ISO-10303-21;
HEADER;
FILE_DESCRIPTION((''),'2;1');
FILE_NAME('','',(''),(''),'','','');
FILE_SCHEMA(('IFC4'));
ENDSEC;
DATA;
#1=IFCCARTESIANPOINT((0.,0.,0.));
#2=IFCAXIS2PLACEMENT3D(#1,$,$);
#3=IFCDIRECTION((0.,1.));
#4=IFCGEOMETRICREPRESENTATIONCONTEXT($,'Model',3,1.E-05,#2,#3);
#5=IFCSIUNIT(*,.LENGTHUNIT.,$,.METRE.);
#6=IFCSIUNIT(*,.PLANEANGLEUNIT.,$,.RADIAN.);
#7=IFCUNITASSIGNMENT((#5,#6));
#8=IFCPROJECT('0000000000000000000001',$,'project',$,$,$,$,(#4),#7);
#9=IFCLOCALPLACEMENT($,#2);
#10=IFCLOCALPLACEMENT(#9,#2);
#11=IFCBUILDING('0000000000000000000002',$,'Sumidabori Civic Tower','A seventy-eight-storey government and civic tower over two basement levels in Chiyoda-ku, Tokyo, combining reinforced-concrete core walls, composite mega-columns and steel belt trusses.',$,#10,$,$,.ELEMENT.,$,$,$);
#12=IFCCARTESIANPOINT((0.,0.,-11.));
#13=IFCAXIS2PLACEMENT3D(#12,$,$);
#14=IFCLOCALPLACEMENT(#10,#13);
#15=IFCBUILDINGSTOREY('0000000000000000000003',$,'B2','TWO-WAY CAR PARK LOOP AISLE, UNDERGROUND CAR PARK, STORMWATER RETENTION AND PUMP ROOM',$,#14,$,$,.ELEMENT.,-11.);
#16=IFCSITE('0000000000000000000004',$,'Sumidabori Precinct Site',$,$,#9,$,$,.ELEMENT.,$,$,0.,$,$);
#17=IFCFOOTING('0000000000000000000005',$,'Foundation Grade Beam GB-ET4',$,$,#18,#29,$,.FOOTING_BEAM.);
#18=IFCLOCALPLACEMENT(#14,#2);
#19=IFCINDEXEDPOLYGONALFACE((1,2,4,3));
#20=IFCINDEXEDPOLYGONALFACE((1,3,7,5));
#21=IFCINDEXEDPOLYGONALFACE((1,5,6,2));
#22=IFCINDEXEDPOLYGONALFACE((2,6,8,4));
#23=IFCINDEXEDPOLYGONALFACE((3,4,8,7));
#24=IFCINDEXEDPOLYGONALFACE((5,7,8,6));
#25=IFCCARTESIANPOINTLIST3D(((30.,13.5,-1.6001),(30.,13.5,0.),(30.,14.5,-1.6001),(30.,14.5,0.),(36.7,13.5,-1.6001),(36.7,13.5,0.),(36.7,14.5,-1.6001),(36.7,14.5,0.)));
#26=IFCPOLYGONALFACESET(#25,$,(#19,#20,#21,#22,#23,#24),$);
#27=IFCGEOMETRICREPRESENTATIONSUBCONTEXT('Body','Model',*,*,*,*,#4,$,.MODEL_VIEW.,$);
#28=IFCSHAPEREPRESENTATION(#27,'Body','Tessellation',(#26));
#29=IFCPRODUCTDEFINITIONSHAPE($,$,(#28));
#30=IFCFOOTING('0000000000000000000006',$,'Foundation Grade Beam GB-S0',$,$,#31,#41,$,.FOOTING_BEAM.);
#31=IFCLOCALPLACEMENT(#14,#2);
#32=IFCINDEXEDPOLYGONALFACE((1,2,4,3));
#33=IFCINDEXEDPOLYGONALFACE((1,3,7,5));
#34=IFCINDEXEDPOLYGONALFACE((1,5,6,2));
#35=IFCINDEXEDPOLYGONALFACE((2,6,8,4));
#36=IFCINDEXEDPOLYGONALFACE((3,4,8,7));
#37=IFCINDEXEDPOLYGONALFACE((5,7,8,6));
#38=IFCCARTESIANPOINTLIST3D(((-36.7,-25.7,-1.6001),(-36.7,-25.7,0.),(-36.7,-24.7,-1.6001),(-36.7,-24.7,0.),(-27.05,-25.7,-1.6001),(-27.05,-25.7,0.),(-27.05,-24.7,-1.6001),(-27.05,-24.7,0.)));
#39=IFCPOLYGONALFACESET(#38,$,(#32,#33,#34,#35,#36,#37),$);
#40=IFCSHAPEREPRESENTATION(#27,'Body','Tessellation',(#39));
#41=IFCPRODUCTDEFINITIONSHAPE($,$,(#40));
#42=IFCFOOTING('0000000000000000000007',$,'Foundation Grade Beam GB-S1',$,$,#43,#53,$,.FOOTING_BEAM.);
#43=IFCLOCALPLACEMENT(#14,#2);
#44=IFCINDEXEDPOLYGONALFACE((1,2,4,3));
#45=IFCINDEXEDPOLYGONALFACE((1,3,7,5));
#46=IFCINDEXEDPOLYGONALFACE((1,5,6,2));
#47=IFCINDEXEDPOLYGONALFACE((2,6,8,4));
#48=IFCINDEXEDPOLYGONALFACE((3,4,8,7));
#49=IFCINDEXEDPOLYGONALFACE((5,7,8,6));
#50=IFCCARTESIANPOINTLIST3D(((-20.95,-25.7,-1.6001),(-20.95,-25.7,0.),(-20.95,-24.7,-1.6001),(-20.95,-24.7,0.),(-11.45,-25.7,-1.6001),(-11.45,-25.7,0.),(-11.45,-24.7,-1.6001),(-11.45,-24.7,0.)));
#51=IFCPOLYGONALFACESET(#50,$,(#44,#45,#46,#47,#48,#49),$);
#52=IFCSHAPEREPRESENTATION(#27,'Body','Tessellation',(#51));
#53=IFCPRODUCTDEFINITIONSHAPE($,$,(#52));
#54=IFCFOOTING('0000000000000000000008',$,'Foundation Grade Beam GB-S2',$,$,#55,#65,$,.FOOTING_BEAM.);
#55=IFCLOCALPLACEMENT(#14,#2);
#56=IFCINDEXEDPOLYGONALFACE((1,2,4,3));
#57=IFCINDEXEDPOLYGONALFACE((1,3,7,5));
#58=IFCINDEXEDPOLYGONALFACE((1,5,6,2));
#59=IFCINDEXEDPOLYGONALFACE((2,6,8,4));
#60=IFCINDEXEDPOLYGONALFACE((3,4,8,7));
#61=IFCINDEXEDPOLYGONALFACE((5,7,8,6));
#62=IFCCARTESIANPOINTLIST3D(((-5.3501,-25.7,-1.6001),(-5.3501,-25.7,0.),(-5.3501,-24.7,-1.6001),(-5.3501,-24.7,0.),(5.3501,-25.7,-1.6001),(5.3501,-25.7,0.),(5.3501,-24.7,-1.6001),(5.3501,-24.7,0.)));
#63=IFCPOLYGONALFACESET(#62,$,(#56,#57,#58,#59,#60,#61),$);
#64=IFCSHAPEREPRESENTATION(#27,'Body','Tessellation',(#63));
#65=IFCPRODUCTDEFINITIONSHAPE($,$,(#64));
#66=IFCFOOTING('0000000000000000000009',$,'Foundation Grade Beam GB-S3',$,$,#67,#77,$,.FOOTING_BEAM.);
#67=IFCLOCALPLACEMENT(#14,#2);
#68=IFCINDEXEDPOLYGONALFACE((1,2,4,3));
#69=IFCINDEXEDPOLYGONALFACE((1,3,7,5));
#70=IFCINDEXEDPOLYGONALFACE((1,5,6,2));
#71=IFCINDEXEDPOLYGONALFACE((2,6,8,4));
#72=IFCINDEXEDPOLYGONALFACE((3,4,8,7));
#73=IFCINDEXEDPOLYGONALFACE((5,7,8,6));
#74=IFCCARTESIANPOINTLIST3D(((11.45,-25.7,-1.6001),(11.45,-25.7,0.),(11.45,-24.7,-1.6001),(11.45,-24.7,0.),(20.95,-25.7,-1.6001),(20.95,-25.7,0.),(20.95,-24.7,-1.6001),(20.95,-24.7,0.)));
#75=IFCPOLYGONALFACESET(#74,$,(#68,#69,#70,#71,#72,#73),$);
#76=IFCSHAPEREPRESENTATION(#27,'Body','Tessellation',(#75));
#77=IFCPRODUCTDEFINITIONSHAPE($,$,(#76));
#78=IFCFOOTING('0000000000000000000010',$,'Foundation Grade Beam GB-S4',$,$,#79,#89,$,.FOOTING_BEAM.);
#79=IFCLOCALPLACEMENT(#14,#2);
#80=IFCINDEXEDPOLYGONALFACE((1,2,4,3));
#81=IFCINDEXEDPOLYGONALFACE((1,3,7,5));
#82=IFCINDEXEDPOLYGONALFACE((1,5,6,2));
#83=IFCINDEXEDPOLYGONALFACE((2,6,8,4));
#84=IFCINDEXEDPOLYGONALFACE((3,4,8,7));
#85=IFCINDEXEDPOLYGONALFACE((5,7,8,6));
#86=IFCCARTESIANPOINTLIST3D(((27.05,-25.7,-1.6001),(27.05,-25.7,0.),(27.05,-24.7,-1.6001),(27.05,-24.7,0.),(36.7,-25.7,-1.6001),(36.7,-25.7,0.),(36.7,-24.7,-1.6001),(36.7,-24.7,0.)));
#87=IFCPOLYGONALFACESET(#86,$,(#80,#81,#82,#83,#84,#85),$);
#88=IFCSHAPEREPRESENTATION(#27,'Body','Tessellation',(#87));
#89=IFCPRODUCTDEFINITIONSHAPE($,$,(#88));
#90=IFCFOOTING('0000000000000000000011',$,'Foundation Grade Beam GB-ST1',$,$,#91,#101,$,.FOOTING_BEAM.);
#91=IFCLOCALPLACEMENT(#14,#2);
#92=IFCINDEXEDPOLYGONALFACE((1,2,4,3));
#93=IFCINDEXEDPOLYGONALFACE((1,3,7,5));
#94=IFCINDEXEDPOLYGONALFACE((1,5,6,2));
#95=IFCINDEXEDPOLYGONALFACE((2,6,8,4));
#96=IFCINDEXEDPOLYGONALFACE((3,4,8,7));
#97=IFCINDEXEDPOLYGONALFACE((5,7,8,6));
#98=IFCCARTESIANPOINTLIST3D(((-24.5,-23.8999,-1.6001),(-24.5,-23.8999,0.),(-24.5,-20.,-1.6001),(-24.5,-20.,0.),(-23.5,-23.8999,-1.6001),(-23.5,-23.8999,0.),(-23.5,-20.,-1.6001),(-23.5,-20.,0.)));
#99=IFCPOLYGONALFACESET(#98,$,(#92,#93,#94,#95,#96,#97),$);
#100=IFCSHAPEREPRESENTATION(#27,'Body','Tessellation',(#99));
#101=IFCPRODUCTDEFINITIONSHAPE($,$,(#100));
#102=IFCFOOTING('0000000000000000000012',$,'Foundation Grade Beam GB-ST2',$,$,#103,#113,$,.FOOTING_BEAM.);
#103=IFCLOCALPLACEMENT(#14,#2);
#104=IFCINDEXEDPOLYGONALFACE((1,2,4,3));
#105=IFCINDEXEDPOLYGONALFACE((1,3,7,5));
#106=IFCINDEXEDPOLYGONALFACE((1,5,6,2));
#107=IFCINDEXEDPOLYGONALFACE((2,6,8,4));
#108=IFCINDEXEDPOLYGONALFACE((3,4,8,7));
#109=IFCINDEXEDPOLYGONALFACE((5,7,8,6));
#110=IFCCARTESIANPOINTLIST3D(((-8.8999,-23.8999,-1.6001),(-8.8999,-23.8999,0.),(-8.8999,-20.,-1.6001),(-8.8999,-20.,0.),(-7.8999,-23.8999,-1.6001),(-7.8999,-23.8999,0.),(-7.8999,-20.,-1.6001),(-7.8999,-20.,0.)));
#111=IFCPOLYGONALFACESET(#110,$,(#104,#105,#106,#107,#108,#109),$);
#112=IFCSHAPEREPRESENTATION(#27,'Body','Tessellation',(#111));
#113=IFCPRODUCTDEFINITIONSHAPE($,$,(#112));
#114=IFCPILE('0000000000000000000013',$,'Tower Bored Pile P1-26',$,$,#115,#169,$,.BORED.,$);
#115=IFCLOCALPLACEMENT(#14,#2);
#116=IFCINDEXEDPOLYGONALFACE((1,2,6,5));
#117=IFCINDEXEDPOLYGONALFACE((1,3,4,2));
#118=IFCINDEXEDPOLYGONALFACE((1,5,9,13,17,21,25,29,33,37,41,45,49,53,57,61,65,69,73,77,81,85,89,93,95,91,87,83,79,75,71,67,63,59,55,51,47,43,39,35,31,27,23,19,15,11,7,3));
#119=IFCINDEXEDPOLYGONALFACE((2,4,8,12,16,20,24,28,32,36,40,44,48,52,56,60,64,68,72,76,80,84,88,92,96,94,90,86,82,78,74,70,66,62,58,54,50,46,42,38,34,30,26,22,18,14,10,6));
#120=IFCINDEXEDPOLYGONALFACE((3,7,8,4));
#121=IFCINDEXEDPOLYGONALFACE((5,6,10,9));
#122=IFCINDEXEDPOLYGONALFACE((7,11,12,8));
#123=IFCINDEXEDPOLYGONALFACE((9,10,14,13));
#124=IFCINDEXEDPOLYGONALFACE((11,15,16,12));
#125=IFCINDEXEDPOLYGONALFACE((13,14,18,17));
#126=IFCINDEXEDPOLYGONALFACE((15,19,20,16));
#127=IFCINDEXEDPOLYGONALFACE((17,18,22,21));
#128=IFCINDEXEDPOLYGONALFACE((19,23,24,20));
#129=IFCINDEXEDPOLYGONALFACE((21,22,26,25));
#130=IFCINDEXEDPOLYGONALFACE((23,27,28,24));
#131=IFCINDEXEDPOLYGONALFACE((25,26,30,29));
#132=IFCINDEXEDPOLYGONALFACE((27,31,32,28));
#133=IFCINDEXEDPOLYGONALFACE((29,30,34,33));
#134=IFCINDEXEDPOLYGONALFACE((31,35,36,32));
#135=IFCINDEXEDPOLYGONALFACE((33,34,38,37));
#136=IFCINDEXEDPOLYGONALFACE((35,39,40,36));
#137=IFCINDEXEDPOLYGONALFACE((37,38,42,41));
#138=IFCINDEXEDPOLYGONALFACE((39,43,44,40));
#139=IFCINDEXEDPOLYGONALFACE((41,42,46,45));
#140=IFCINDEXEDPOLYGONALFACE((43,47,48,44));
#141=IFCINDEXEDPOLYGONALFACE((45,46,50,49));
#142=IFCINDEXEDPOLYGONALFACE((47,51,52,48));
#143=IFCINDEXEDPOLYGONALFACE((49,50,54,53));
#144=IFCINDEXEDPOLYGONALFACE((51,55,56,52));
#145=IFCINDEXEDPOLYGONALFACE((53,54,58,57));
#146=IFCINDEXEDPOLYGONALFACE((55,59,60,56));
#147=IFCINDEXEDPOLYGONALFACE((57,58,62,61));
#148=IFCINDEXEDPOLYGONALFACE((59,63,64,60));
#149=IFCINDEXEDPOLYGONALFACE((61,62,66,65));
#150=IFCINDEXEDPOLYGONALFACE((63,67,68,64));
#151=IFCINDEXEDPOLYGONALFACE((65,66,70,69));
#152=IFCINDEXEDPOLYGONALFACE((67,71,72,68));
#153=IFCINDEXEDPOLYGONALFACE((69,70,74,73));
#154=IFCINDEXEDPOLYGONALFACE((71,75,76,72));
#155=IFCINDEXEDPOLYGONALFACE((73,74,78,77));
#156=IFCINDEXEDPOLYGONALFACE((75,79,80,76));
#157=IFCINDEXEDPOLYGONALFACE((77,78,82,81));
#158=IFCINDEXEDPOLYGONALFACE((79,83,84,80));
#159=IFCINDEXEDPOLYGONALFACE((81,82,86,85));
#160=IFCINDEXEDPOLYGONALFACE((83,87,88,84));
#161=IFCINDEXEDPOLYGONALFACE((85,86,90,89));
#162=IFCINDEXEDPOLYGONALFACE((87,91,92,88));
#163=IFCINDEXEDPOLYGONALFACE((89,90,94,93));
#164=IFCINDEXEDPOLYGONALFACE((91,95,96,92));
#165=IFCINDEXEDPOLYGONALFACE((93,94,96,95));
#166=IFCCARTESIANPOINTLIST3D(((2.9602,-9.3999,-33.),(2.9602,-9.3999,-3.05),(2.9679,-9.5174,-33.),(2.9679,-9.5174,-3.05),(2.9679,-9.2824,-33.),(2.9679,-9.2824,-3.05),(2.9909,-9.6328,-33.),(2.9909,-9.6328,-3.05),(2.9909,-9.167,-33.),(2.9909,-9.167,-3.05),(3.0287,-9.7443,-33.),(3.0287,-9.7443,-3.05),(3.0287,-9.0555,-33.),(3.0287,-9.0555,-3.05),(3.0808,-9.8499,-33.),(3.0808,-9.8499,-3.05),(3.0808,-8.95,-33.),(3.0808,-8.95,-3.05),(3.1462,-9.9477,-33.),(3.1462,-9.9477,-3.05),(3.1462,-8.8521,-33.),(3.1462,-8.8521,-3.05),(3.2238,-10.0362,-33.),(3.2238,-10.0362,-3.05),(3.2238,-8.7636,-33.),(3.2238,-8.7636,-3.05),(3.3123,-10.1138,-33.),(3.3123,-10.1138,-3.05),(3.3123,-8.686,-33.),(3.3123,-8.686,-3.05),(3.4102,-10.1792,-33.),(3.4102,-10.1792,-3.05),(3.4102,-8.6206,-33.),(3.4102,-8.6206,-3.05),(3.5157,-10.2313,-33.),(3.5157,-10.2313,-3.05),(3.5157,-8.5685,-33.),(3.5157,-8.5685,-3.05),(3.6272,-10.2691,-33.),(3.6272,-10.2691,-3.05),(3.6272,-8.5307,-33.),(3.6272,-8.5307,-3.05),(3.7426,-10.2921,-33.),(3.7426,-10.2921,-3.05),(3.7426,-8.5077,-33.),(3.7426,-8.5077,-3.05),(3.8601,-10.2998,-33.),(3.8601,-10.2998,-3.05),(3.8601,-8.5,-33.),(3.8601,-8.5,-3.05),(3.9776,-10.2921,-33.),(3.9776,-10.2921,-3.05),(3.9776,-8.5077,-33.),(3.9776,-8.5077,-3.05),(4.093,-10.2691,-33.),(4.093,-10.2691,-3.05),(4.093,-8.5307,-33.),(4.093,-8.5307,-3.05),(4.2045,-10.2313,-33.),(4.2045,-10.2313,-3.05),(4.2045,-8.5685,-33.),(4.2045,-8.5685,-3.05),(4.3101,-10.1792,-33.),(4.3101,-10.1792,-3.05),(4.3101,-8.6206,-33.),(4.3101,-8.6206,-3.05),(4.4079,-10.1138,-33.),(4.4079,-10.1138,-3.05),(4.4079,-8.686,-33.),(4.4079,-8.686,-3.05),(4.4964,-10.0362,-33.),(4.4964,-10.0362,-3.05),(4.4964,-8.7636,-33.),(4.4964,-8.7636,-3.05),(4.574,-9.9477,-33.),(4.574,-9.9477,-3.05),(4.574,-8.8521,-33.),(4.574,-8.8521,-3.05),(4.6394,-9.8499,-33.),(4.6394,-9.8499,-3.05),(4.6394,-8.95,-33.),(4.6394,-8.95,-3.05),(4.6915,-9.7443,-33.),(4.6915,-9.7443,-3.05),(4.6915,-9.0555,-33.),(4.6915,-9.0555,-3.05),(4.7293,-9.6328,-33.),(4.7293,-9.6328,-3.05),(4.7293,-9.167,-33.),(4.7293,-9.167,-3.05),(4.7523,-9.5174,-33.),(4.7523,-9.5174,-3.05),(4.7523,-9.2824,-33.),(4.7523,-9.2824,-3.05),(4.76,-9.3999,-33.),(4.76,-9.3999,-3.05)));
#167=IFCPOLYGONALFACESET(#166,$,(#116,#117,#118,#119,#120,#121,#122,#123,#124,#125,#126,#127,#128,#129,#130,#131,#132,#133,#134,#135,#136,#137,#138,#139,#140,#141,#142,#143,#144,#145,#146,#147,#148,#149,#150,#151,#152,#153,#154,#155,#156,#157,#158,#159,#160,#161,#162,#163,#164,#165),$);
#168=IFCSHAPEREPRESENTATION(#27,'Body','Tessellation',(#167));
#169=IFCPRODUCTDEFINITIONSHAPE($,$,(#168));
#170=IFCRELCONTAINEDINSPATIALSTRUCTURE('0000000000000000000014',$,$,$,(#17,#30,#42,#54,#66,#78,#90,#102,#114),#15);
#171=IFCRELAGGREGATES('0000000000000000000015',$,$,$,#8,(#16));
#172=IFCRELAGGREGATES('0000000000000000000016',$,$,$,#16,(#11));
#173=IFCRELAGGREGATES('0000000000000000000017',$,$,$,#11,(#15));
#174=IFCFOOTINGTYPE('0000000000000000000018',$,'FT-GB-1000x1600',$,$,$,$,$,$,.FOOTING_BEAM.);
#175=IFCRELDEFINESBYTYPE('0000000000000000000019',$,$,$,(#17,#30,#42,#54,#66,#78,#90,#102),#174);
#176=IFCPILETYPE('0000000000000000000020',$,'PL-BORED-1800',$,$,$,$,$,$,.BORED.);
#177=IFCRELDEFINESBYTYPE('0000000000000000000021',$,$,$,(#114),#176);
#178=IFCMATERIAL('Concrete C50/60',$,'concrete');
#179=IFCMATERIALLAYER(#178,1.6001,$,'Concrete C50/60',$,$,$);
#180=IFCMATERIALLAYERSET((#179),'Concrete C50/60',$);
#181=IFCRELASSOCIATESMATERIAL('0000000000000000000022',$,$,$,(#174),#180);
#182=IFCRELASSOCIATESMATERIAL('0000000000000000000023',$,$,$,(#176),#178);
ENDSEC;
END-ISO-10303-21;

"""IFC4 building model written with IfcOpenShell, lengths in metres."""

from ifc_helpers import new_model, si_unit, direction, frame, origin, origin_2d, place, context, subcontext, project, spatial, polyline, circle, outline, extrude, source, transform, mapped, material, layer, layer_set, material_profile, profile_set, type_object, element, save


model = new_model("IFC4")

# Units and contexts
model_context = context("Model", 3, precision=1e-05, world=origin(), true_north=direction((0.0, 1.0)))
body_context = subcontext(model_context, "Body", "Model", "MODEL_VIEW")
ifc_project = project(units=[si_unit("LENGTHUNIT", "METRE"), si_unit("PLANEANGLEUNIT", "RADIAN")], contexts=[model_context])

# Site, building, storey
site_placement = place(None, origin())
site = spatial("IfcSite", under=ifc_project, at=site_placement, Name="Sumidabori Precinct Site", CompositionType="ELEMENT", RefElevation=0.0)
building_placement = place(site_placement, origin())
building = spatial("IfcBuilding", under=site, at=building_placement, Name="Sumidabori Civic Tower", Description="A seventy-eight-storey government and civic tower over two basement levels in Chiyoda-ku, Tokyo, combining reinforced-concrete core walls, composite mega-columns and steel belt trusses.", CompositionType="ELEMENT")
storey_placement = place(building_placement, frame((0.0, 0.0, -11.0)))
storey = spatial("IfcBuildingStorey", under=building, at=storey_placement, Name="B2", Description="TWO-WAY CAR PARK LOOP AISLE, UNDERGROUND CAR PARK, STORMWATER RETENTION AND PUMP ROOM", CompositionType="ELEMENT", Elevation=-11.0)

# Footings
ifc_material_1 = material(Name="Concrete C50/60", Category="concrete")
ifc_layer_1 = layer(ifc_material_1, 1.6001, Name="Concrete C50/60")
ifc_layer_set_1 = layer_set([ifc_layer_1], Name="Concrete C50/60")
footing_type = type_object("IfcFootingType", Name="FT-GB-1000x1600", PredefinedType="FOOTING_BEAM", material=ifc_layer_set_1)
footing_1_placement = place(storey_placement, frame((0.0, 0.0, -1.6001)))
element("IfcFooting", 1, at=footing_1_placement, inside=storey, type_object=footing_type, Name="Foundation Grade Beam GB-ET4", PredefinedType="FOOTING_BEAM", context=body_context, shape_type="SweptSolid", body=[
    extrude(outline(polyline([(30.0, 13.5), (36.7, 13.5), (36.7, 14.5), (30.0, 14.5), (30.0, 13.5)])), origin(), (0.0, 0.0, 1.0), 1.6001),
])
footing_2_placement = place(storey_placement, frame((0.0, 0.0, -1.6001)))
element("IfcFooting", 2, at=footing_2_placement, inside=storey, type_object=footing_type, Name="Foundation Grade Beam GB-S0", PredefinedType="FOOTING_BEAM", context=body_context, shape_type="SweptSolid", body=[
    extrude(outline(polyline([(-36.7, -25.7), (-27.05, -25.7), (-27.05, -24.7), (-36.7, -24.7), (-36.7, -25.7)])), origin(), (0.0, 0.0, 1.0), 1.6001),
])
footing_3_placement = place(storey_placement, frame((0.0, 0.0, -1.6001)))
element("IfcFooting", 3, at=footing_3_placement, inside=storey, type_object=footing_type, Name="Foundation Grade Beam GB-S1", PredefinedType="FOOTING_BEAM", context=body_context, shape_type="SweptSolid", body=[
    extrude(outline(polyline([(-20.95, -25.7), (-11.45, -25.7), (-11.45, -24.7), (-20.95, -24.7), (-20.95, -25.7)])), origin(), (0.0, 0.0, 1.0), 1.6001),
])
footing_4_placement = place(storey_placement, frame((0.0, 0.0, -1.6001)))
element("IfcFooting", 4, at=footing_4_placement, inside=storey, type_object=footing_type, Name="Foundation Grade Beam GB-S2", PredefinedType="FOOTING_BEAM", context=body_context, shape_type="SweptSolid", body=[
    extrude(outline(polyline([(-5.3501, -25.7), (5.3501, -25.7), (5.3501, -24.7), (-5.3501, -24.7), (-5.3501, -25.7)])), origin(), (0.0, 0.0, 1.0), 1.6001),
])
footing_5_placement = place(storey_placement, frame((0.0, 0.0, -1.6001)))
element("IfcFooting", 5, at=footing_5_placement, inside=storey, type_object=footing_type, Name="Foundation Grade Beam GB-S3", PredefinedType="FOOTING_BEAM", context=body_context, shape_type="SweptSolid", body=[
    extrude(outline(polyline([(11.45, -25.7), (20.95, -25.7), (20.95, -24.7), (11.45, -24.7), (11.45, -25.7)])), origin(), (0.0, 0.0, 1.0), 1.6001),
])
footing_6_placement = place(storey_placement, frame((0.0, 0.0, -1.6001)))
element("IfcFooting", 6, at=footing_6_placement, inside=storey, type_object=footing_type, Name="Foundation Grade Beam GB-S4", PredefinedType="FOOTING_BEAM", context=body_context, shape_type="SweptSolid", body=[
    extrude(outline(polyline([(27.05, -25.7), (36.7, -25.7), (36.7, -24.7), (27.05, -24.7), (27.05, -25.7)])), origin(), (0.0, 0.0, 1.0), 1.6001),
])
footing_7_placement = place(storey_placement, frame((0.0, 0.0, -1.6001)))
element("IfcFooting", 7, at=footing_7_placement, inside=storey, type_object=footing_type, Name="Foundation Grade Beam GB-ST1", PredefinedType="FOOTING_BEAM", context=body_context, shape_type="SweptSolid", body=[
    extrude(outline(polyline([(-24.5, -23.8999), (-23.5, -23.8999), (-23.5, -20.0), (-24.5, -20.0), (-24.5, -23.8999)])), origin(), (0.0, 0.0, 1.0), 1.6001),
])
footing_8_placement = place(storey_placement, frame((0.0, 0.0, -1.6001)))
element("IfcFooting", 8, at=footing_8_placement, inside=storey, type_object=footing_type, Name="Foundation Grade Beam GB-ST2", PredefinedType="FOOTING_BEAM", context=body_context, shape_type="SweptSolid", body=[
    extrude(outline(polyline([(-8.8999, -23.8999), (-7.8999, -23.8999), (-7.8999, -20.0), (-8.8999, -20.0), (-8.8999, -23.8999)])), origin(), (0.0, 0.0, 1.0), 1.6001),
])

# Pile
ifc_material_profile_1 = material_profile(ifc_material_1, circle(Radius=0.8999, at=origin_2d()), Name="BORED PILE 1800")
ifc_profile_set_1 = profile_set([ifc_material_profile_1], Name="Concrete C50/60")
pile_type = type_object("IfcPileType", Name="PL-BORED-1800", PredefinedType="BORED", material=ifc_profile_set_1)
shared_shape_1 = source(origin(), body_context, "Body", "SweptSolid", [
    extrude(circle(Radius=0.8999, at=origin_2d()), origin(), (0.0, 0.0, 1.0), 29.95),
])
for number, where, z_axis, x_axis, name in (
    (9, (3.8601, -9.3999, -3.05), (0.0, 0.0, -1.0), (1.0, 0.0, 0.0), "Tower Bored Pile P1-26"),
):
    element("IfcPile", number, at=place(storey_placement, frame(where, z_axis=z_axis, x_axis=x_axis)), inside=storey, type_object=pile_type, Name=name, PredefinedType="BORED", context=body_context, shape_type="MappedRepresentation", body=[
        mapped(shared_shape_1, transform((0.0, 0.0, 0.0), x_axis=(1.0, 0.0, 0.0), y_axis=(0.0, 1.0, 0.0), z_axis=(0.0, 0.0, 1.0), scale=1.0)),
    ])

save(model, "model.ifc")
